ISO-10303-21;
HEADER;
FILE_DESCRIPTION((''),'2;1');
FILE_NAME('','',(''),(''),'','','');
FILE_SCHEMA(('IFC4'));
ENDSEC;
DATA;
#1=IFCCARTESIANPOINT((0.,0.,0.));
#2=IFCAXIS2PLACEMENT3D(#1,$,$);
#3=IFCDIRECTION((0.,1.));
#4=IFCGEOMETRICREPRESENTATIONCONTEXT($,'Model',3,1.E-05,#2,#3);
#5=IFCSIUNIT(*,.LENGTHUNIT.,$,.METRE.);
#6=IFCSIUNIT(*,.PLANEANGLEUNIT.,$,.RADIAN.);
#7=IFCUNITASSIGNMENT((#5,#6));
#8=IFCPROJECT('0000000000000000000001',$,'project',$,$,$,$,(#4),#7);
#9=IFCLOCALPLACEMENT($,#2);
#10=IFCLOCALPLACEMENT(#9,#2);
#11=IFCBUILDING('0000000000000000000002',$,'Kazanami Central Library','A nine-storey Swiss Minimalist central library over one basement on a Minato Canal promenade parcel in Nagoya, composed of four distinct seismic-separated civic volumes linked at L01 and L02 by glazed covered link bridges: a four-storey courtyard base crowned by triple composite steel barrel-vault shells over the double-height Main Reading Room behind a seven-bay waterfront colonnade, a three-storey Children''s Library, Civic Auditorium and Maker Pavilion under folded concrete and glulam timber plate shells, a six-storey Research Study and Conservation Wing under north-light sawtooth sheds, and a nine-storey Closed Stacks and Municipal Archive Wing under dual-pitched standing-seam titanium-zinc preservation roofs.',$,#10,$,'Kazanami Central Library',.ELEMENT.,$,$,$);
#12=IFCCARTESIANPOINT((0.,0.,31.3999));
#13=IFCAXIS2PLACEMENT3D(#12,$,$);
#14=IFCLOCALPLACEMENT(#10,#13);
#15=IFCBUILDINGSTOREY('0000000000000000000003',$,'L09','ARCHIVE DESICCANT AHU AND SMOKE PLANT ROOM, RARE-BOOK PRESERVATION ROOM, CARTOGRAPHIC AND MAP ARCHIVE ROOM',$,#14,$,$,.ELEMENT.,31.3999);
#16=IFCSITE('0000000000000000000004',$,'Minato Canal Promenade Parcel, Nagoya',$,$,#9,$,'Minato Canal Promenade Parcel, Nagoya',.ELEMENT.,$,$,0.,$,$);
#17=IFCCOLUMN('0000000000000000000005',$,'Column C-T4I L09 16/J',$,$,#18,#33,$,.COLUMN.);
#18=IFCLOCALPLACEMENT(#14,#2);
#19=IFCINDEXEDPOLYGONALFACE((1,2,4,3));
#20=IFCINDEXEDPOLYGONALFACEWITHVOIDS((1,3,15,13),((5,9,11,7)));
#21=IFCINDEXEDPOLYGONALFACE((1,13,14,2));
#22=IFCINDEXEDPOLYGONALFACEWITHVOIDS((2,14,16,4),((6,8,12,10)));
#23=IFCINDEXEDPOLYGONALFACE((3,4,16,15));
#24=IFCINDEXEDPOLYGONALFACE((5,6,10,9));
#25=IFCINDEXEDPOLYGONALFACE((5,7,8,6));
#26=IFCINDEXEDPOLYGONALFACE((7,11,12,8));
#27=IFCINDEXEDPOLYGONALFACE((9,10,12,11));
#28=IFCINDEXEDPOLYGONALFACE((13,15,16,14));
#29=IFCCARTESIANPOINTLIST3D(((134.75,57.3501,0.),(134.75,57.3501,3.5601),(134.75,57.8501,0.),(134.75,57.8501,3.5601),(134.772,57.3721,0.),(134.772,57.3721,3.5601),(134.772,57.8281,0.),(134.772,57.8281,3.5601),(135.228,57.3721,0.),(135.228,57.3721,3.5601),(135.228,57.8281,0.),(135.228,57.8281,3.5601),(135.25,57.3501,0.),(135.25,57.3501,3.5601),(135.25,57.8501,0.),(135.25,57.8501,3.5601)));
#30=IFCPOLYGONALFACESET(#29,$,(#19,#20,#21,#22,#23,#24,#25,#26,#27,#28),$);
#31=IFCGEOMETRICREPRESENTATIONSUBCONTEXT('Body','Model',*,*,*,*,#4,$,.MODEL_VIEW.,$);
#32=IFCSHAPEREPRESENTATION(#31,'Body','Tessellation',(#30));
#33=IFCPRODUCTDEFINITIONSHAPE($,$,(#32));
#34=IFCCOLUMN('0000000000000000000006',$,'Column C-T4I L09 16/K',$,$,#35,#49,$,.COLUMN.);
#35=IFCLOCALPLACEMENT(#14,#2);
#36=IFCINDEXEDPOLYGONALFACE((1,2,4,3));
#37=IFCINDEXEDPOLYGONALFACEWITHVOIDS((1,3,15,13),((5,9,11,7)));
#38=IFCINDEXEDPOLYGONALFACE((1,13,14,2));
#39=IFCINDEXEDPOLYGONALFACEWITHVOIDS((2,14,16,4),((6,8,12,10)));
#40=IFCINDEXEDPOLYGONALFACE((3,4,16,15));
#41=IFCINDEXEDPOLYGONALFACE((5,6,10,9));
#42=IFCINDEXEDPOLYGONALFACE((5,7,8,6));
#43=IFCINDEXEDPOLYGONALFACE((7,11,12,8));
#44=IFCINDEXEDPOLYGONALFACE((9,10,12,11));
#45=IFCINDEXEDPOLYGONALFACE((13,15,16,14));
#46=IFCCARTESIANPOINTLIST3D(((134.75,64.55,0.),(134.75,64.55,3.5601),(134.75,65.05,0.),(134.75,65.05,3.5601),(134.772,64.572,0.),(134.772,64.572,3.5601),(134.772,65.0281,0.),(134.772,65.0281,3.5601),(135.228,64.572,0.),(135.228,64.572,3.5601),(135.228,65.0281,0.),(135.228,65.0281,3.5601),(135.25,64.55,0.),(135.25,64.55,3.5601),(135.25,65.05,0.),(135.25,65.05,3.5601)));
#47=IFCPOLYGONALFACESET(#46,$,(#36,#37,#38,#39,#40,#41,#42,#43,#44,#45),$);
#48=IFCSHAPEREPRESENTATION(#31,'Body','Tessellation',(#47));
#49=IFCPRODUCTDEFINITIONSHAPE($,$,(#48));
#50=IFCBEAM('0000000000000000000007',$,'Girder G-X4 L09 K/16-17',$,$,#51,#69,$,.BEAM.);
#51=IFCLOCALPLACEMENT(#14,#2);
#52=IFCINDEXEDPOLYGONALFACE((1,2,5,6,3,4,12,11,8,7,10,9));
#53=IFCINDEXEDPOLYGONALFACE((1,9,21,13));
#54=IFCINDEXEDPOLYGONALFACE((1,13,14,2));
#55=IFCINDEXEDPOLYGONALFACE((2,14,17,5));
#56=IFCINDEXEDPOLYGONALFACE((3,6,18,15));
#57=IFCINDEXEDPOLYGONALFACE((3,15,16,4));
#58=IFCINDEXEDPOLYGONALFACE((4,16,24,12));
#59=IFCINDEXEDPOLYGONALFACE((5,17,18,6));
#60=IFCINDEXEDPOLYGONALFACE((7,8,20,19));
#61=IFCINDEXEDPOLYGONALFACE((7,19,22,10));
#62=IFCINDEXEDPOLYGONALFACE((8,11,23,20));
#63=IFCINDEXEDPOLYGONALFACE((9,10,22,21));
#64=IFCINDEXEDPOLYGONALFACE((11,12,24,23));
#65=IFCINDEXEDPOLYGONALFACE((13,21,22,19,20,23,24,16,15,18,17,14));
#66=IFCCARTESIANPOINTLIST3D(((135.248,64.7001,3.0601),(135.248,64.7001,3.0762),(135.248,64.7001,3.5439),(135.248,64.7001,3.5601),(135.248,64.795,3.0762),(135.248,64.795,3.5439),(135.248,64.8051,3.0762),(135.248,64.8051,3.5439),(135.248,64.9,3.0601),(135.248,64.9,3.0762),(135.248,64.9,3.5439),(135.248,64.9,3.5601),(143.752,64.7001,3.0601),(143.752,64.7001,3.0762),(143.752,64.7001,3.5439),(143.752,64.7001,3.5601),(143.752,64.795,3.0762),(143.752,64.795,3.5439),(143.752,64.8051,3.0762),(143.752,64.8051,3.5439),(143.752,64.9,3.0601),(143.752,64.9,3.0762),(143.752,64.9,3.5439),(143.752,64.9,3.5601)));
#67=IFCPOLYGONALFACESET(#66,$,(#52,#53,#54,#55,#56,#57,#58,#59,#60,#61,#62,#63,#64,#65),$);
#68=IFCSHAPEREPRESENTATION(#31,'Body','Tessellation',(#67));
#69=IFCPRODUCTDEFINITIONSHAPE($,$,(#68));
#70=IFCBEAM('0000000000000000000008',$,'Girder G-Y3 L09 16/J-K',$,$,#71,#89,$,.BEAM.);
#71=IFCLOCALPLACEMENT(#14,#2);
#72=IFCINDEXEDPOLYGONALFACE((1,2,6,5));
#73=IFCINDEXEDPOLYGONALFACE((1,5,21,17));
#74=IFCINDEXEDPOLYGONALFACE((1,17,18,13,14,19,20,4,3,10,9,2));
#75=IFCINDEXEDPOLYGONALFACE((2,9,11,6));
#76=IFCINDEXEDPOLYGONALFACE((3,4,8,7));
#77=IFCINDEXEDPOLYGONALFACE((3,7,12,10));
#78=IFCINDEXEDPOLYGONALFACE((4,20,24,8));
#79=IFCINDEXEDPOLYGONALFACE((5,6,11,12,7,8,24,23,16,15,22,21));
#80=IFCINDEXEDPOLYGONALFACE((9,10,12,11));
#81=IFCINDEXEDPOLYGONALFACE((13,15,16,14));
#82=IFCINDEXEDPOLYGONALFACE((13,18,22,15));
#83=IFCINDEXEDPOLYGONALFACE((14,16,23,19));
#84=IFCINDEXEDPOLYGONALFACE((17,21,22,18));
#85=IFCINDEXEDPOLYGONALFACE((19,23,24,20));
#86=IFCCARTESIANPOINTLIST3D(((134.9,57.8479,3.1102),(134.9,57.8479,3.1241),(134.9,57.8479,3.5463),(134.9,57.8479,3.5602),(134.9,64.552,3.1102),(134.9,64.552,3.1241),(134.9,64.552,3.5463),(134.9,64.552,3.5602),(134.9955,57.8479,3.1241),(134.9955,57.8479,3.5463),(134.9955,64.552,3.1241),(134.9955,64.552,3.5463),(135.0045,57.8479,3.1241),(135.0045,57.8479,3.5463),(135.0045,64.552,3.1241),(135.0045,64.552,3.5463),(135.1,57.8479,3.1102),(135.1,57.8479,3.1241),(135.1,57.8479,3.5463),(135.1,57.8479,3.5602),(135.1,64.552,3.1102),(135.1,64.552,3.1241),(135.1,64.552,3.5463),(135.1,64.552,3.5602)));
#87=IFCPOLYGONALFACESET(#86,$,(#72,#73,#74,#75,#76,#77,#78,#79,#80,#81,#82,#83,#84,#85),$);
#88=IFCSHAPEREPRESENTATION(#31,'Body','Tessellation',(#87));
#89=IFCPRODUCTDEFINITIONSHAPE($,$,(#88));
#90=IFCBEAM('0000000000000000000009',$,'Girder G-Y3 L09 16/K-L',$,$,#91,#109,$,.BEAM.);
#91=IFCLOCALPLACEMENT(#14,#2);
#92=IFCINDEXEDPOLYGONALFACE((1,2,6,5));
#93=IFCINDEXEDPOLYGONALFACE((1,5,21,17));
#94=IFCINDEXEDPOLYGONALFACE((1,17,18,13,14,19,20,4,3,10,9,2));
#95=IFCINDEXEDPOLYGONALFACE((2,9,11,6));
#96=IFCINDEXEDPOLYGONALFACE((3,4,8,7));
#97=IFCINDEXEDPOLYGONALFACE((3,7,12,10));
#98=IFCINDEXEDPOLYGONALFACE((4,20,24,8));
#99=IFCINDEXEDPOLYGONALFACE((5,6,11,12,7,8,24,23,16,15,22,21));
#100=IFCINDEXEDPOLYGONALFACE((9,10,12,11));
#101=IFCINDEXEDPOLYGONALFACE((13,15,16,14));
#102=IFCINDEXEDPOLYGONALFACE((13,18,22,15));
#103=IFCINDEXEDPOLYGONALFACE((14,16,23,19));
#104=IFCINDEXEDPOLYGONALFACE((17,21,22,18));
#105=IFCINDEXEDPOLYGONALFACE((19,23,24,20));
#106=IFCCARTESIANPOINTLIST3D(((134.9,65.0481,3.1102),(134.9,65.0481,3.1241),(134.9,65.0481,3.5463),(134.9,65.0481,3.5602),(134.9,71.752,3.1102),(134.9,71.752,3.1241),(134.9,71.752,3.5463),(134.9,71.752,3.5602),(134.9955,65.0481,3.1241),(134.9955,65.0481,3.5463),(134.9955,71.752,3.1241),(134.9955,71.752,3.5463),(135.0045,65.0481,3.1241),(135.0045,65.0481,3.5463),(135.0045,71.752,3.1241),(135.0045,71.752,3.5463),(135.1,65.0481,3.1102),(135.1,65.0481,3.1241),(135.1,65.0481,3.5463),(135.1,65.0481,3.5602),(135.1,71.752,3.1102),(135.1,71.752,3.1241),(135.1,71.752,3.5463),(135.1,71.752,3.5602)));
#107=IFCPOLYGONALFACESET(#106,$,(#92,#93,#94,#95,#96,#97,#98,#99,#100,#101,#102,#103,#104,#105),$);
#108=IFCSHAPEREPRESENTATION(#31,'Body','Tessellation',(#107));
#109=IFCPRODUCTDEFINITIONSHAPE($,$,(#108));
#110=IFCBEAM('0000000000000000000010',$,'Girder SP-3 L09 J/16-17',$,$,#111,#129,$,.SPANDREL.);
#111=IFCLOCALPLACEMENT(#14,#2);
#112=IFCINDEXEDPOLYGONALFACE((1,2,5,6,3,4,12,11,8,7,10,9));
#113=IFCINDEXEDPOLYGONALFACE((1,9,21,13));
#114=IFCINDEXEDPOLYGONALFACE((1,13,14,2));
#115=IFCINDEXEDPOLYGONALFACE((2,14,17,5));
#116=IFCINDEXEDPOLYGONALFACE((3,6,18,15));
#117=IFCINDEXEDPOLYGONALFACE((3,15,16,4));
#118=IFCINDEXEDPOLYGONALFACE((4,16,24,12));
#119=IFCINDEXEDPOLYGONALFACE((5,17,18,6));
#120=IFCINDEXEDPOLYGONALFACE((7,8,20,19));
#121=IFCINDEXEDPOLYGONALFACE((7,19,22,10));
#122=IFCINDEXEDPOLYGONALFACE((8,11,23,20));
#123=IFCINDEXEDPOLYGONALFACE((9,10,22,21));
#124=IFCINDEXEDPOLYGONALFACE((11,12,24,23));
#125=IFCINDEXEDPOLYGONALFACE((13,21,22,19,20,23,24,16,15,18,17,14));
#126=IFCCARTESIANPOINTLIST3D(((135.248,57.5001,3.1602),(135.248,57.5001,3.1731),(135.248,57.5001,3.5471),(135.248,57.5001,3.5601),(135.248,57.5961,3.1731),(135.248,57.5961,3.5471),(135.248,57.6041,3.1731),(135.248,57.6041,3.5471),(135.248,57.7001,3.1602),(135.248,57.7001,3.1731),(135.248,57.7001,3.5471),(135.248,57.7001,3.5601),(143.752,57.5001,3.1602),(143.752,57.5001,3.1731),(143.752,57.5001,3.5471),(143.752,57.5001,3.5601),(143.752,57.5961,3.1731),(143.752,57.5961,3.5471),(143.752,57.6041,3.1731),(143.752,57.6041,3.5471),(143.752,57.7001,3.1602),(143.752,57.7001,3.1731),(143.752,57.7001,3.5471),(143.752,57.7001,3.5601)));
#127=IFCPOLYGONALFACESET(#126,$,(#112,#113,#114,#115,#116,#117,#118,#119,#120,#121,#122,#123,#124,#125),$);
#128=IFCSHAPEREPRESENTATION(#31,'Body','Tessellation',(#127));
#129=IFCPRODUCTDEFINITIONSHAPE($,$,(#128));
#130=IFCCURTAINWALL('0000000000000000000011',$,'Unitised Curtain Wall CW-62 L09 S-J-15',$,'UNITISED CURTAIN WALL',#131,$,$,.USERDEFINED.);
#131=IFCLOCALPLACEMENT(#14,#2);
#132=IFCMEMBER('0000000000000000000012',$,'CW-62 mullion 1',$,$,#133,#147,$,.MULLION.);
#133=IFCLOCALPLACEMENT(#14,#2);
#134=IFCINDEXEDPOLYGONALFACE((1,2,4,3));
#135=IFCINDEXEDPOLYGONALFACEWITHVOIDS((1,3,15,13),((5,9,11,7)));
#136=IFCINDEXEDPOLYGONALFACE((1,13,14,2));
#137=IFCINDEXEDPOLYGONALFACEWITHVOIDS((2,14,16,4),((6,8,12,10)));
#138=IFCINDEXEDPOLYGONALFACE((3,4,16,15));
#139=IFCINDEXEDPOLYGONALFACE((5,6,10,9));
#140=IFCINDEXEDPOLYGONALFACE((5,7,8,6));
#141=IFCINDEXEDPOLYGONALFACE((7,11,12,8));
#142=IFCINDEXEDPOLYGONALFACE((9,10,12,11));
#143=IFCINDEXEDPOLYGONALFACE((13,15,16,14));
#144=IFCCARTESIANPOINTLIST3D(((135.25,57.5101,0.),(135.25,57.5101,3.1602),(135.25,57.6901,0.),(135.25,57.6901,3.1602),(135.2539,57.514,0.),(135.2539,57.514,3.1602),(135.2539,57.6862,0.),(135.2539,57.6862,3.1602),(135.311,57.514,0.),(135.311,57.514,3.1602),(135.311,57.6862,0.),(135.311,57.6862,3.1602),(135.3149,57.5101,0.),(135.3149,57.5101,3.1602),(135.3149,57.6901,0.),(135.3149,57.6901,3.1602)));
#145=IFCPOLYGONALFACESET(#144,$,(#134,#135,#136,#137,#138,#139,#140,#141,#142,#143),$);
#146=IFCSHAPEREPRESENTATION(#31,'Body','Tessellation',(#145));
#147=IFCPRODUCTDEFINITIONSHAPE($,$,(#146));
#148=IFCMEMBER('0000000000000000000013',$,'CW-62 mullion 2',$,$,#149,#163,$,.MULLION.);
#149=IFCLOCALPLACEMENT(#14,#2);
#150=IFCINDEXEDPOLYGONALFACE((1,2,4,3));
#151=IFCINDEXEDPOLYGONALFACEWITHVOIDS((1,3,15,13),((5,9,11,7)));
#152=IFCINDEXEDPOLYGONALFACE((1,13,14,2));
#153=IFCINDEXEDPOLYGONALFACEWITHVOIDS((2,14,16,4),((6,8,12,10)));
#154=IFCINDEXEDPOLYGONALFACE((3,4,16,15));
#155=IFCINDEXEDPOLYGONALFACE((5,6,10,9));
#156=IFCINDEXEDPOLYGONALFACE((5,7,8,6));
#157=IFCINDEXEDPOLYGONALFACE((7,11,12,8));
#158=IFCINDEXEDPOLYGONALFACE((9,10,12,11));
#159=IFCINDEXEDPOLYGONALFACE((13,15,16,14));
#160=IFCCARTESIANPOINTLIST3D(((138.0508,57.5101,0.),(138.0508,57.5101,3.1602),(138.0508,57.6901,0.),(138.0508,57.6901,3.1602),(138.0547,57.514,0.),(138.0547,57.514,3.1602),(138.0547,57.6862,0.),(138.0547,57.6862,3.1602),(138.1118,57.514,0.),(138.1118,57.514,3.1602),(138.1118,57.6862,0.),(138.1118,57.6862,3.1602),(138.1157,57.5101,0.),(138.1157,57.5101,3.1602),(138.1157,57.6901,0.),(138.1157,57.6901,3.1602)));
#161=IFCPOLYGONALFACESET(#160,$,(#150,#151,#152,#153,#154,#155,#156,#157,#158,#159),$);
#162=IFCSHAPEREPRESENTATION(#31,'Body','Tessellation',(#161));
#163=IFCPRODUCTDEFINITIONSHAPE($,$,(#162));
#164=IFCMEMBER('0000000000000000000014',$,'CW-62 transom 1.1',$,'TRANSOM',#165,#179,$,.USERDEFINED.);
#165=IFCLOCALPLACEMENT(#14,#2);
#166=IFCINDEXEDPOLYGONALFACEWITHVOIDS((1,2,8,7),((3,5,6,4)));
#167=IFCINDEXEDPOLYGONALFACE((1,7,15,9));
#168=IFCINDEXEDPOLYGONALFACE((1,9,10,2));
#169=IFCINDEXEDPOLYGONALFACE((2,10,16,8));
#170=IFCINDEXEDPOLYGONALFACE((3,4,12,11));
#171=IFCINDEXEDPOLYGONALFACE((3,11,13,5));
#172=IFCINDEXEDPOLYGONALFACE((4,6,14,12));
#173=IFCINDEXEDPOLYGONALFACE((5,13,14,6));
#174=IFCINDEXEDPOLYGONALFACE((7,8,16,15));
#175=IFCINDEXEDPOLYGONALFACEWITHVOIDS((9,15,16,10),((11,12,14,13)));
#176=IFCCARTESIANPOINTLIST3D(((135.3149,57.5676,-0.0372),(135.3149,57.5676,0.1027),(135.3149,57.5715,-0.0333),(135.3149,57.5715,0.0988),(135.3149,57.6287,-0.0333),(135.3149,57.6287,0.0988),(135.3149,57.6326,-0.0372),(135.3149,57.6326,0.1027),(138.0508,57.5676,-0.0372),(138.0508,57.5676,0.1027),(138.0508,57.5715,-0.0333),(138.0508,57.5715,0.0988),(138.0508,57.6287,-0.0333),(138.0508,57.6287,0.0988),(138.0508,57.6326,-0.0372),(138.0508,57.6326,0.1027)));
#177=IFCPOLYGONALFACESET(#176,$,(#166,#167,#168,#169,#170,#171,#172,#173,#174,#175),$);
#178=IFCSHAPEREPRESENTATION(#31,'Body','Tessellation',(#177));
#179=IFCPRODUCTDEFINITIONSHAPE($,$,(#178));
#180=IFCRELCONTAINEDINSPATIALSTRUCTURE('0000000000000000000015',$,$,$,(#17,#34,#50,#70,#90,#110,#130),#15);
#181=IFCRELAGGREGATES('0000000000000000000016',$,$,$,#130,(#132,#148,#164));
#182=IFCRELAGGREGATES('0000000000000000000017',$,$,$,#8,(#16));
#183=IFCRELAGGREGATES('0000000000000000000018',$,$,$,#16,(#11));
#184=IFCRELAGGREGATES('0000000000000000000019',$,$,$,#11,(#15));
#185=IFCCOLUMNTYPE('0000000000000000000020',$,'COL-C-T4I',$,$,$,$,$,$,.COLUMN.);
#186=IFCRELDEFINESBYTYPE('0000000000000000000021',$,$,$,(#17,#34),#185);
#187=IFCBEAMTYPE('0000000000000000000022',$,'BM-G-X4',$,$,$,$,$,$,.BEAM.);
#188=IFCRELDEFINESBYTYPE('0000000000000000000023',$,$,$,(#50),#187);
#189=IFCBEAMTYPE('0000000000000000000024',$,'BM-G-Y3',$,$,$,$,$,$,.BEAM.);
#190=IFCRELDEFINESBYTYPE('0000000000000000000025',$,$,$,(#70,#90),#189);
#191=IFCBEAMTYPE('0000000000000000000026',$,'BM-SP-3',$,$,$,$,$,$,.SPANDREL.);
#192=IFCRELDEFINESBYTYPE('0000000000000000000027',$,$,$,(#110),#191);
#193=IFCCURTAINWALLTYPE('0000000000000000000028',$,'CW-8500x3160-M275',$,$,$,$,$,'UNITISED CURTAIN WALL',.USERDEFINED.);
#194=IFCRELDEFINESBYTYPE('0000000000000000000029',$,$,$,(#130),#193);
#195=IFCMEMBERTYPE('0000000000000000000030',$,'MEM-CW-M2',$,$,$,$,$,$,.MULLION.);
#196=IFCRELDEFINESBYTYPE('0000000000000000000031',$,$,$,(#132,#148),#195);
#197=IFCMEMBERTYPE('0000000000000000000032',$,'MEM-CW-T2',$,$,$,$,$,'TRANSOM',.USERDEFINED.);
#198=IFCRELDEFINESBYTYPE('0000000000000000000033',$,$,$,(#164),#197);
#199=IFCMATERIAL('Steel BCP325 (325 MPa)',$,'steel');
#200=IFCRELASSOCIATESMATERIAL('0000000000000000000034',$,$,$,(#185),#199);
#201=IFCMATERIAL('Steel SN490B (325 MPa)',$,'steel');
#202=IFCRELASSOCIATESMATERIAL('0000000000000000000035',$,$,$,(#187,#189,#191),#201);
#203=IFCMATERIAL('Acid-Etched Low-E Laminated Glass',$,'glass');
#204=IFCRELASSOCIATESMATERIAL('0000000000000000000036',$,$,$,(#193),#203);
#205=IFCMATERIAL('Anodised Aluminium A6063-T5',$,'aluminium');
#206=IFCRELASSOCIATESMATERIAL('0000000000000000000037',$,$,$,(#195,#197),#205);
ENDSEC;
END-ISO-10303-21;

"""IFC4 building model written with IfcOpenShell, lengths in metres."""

from ifc_helpers import new_model, si_unit, direction, frame, origin, origin_2d, place, context, subcontext, project, spatial, hollow_rectangle, i_section, extrude, material, material_profile, profile_set, type_object, element, aggregate, save


model = new_model("IFC4")

# Units and contexts
model_context = context("Model", 3, precision=1e-05, world=origin(), true_north=direction((0.0, 1.0)))
body_context = subcontext(model_context, "Body", "Model", "MODEL_VIEW")
ifc_project = project(units=[si_unit("LENGTHUNIT", "METRE"), si_unit("PLANEANGLEUNIT", "RADIAN")], contexts=[model_context])

# Site, building, storey
site_placement = place(None, origin())
site = spatial("IfcSite", under=ifc_project, at=site_placement, Name="Minato Canal Promenade Parcel, Nagoya", LongName="Minato Canal Promenade Parcel, Nagoya", CompositionType="ELEMENT", RefElevation=0.0)
building_placement = place(site_placement, origin())
building = spatial("IfcBuilding", under=site, at=building_placement, Name="Kazanami Central Library", Description="A nine-storey Swiss Minimalist central library over one basement on a Minato Canal promenade parcel in Nagoya, composed of four distinct seismic-separated civic volumes linked at L01 and L02 by glazed covered link bridges: a four-storey courtyard base crowned by triple composite steel barrel-vault shells over the double-height Main Reading Room behind a seven-bay waterfront colonnade, a three-storey Children's Library, Civic Auditorium and Maker Pavilion under folded concrete and glulam timber plate shells, a six-storey Research Study and Conservation Wing under north-light sawtooth sheds, and a nine-storey Closed Stacks and Municipal Archive Wing under dual-pitched standing-seam titanium-zinc preservation roofs.", LongName="Kazanami Central Library", CompositionType="ELEMENT")
storey_placement = place(building_placement, frame((0.0, 0.0, 31.3999)))
storey = spatial("IfcBuildingStorey", under=building, at=storey_placement, Name="L09", Description="ARCHIVE DESICCANT AHU AND SMOKE PLANT ROOM, RARE-BOOK PRESERVATION ROOM, CARTOGRAPHIC AND MAP ARCHIVE ROOM", CompositionType="ELEMENT", Elevation=31.3999)

# Columns
ifc_material_1 = material(Name="Steel BCP325 (325 MPa)", Category="steel")
ifc_material_profile_1 = material_profile(ifc_material_1, hollow_rectangle(XDim=0.5, YDim=0.5, WallThickness=0.022, at=origin_2d()), Name="BCP-500x500x22")
ifc_profile_set_1 = profile_set([ifc_material_profile_1], Name="Steel BCP325 (325 MPa)")
column_type = type_object("IfcColumnType", Name="COL-C-T4I", PredefinedType="COLUMN", material=ifc_profile_set_1)
for number, where, z_axis, x_axis, name in (
    (1, (135.0, 57.6001, 0.0), (0.0, 0.0, 1.0), (1.0, 0.0, 0.0), "Column C-T4I L09 16/J"),
    (2, (135.0, 64.8, 0.0), (0.0, 0.0, 1.0), (1.0, 0.0, 0.0), "Column C-T4I L09 16/K"),
):
    element("IfcColumn", number, at=place(storey_placement, frame(where, z_axis=z_axis, x_axis=x_axis)), inside=storey, type_object=column_type, Name=name, PredefinedType="COLUMN", context=body_context, shape_type="SweptSolid", body=[
        extrude(hollow_rectangle(XDim=0.5, YDim=0.5, WallThickness=0.022, at=origin_2d()), origin(), (0.0, 0.0, 1.0), 3.5601),
    ])

# Beams
ifc_material_2 = material(Name="Steel SN490B (325 MPa)", Category="steel")
ifc_material_profile_2 = material_profile(ifc_material_2, i_section(OverallWidth=0.2, OverallDepth=0.5, WebThickness=0.01, FlangeThickness=0.0161, at=origin_2d()), Name="H-500x200x10x16")
ifc_profile_set_2 = profile_set([ifc_material_profile_2], Name="Steel SN490B (325 MPa)")
beam_type_1 = type_object("IfcBeamType", Name="BM-G-X4", PredefinedType="BEAM", material=ifc_profile_set_2)
beam_1_placement = place(storey_placement, frame((135.248, 64.8, 3.3101), z_axis=(1.0, 0.0, 0.0), x_axis=(0.0, 1.0, 0.0)))
element("IfcBeam", 3, at=beam_1_placement, inside=storey, type_object=beam_type_1, Name="Girder G-X4 L09 K/16-17", PredefinedType="BEAM", context=body_context, shape_type="SweptSolid", body=[
    extrude(i_section(OverallWidth=0.2, OverallDepth=0.5, WebThickness=0.01, FlangeThickness=0.0161, at=origin_2d()), origin(), (0.0, 0.0, 1.0), 8.5039),
])
ifc_material_profile_3 = material_profile(ifc_material_2, i_section(OverallWidth=0.2, OverallDepth=0.45, WebThickness=0.009, FlangeThickness=0.0139, at=origin_2d()), Name="H-450x200x9x14")
ifc_profile_set_3 = profile_set([ifc_material_profile_3], Name="Steel SN490B (325 MPa)")
beam_type_2 = type_object("IfcBeamType", Name="BM-G-Y3", PredefinedType="BEAM", material=ifc_profile_set_3)
beam_2_placement = place(storey_placement, frame((135.0, 57.8479, 3.3352), z_axis=(0.0, 1.0, 0.0), x_axis=(-1.0, 0.0, 0.0)))
element("IfcBeam", 4, at=beam_2_placement, inside=storey, type_object=beam_type_2, Name="Girder G-Y3 L09 16/J-K", PredefinedType="BEAM", context=body_context, shape_type="SweptSolid", body=[
    extrude(i_section(OverallWidth=0.2, OverallDepth=0.45, WebThickness=0.009, FlangeThickness=0.0139, at=origin_2d()), origin(), (0.0, 0.0, 1.0), 6.7041),
])
beam_3_placement = place(storey_placement, frame((135.0, 65.0481, 3.3352), z_axis=(0.0, 1.0, 0.0), x_axis=(-1.0, 0.0, 0.0)))
element("IfcBeam", 5, at=beam_3_placement, inside=storey, type_object=beam_type_2, Name="Girder G-Y3 L09 16/K-L", PredefinedType="BEAM", context=body_context, shape_type="SweptSolid", body=[
    extrude(i_section(OverallWidth=0.2, OverallDepth=0.45, WebThickness=0.009, FlangeThickness=0.0139, at=origin_2d()), origin(), (0.0, 0.0, 1.0), 6.7039),
])
ifc_material_profile_4 = material_profile(ifc_material_2, i_section(OverallWidth=0.2, OverallDepth=0.3999, WebThickness=0.0081, FlangeThickness=0.0129, at=origin_2d()), Name="H-400x200x8x13")
ifc_profile_set_4 = profile_set([ifc_material_profile_4], Name="Steel SN490B (325 MPa)")
beam_type_3 = type_object("IfcBeamType", Name="BM-SP-3", PredefinedType="SPANDREL", material=ifc_profile_set_4)
beam_4_placement = place(storey_placement, frame((135.248, 57.6001, 3.3601), z_axis=(1.0, 0.0, 0.0), x_axis=(0.0, 1.0, 0.0)))
element("IfcBeam", 6, at=beam_4_placement, inside=storey, type_object=beam_type_3, Name="Girder SP-3 L09 J/16-17", PredefinedType="SPANDREL", context=body_context, shape_type="SweptSolid", body=[
    extrude(i_section(OverallWidth=0.2, OverallDepth=0.3999, WebThickness=0.0081, FlangeThickness=0.0129, at=origin_2d()), origin(), (0.0, 0.0, 1.0), 8.5039),
])

# Curtain wall, members
ifc_material_3 = material(Name="Acid-Etched Low-E Laminated Glass", Category="glass")
curtain_wall_type = type_object("IfcCurtainWallType", Name="CW-8500x3160-M275", ElementType="UNITISED CURTAIN WALL", PredefinedType="USERDEFINED", material=ifc_material_3)
curtain_wall_placement = place(storey_placement, origin())
curtain_wall = element("IfcCurtainWall", 7, at=curtain_wall_placement, inside=storey, type_object=curtain_wall_type, Name="Unitised Curtain Wall CW-62 L09 S-J-15", ObjectType="UNITISED CURTAIN WALL", PredefinedType="USERDEFINED")
ifc_material_4 = material(Name="Anodised Aluminium A6063-T5", Category="aluminium")
ifc_material_profile_5 = material_profile(ifc_material_4, hollow_rectangle(XDim=0.0649, YDim=0.1799, WallThickness=0.0039, at=origin_2d()), Name="ALU-MULL-65x180x4")
ifc_profile_set_5 = profile_set([ifc_material_profile_5], Name="Anodised Aluminium A6063-T5")
member_type_1 = type_object("IfcMemberType", Name="MEM-CW-M2", PredefinedType="MULLION", material=ifc_profile_set_5)
member_1_placement = place(storey_placement, frame((135.2825, 57.6001, 0.0), z_axis=(0.0, 0.0, 1.0), x_axis=(1.0, 0.0, 0.0)))
member_1 = element("IfcMember", 8, at=member_1_placement, type_object=member_type_1, Name="CW-62 mullion 1", PredefinedType="MULLION", context=body_context, shape_type="SweptSolid", body=[
    extrude(hollow_rectangle(XDim=0.0649, YDim=0.1799, WallThickness=0.0039, at=origin_2d()), origin(), (0.0, 0.0, 1.0), 3.1602),
])
member_2_placement = place(storey_placement, frame((138.0833, 57.6001, 0.0), z_axis=(0.0, 0.0, 1.0), x_axis=(1.0, 0.0, 0.0)))
member_2 = element("IfcMember", 9, at=member_2_placement, type_object=member_type_1, Name="CW-62 mullion 2", PredefinedType="MULLION", context=body_context, shape_type="SweptSolid", body=[
    extrude(hollow_rectangle(XDim=0.0649, YDim=0.1799, WallThickness=0.0039, at=origin_2d()), origin(), (0.0, 0.0, 1.0), 3.1602),
])
ifc_material_profile_6 = material_profile(ifc_material_4, hollow_rectangle(XDim=0.0649, YDim=0.1399, WallThickness=0.0039, at=origin_2d()), Name="ALU-TRAN-65x140x4")
ifc_profile_set_6 = profile_set([ifc_material_profile_6], Name="Anodised Aluminium A6063-T5")
member_type_2 = type_object("IfcMemberType", Name="MEM-CW-T2", ElementType="TRANSOM", PredefinedType="USERDEFINED", material=ifc_profile_set_6)
member_3_placement = place(storey_placement, frame((135.3149, 57.6001, 0.0327), z_axis=(1.0, 0.0, 0.0), x_axis=(0.0, 1.0, 0.0)))
member_3 = element("IfcMember", 10, at=member_3_placement, type_object=member_type_2, Name="CW-62 transom 1.1", ObjectType="TRANSOM", PredefinedType="USERDEFINED", context=body_context, shape_type="SweptSolid", body=[
    extrude(hollow_rectangle(XDim=0.0649, YDim=0.1399, WallThickness=0.0039, at=origin_2d()), origin(), (0.0, 0.0, 1.0), 2.7358),
])
aggregate(curtain_wall, [member_1, member_2, member_3])

save(model, "model.ifc")
